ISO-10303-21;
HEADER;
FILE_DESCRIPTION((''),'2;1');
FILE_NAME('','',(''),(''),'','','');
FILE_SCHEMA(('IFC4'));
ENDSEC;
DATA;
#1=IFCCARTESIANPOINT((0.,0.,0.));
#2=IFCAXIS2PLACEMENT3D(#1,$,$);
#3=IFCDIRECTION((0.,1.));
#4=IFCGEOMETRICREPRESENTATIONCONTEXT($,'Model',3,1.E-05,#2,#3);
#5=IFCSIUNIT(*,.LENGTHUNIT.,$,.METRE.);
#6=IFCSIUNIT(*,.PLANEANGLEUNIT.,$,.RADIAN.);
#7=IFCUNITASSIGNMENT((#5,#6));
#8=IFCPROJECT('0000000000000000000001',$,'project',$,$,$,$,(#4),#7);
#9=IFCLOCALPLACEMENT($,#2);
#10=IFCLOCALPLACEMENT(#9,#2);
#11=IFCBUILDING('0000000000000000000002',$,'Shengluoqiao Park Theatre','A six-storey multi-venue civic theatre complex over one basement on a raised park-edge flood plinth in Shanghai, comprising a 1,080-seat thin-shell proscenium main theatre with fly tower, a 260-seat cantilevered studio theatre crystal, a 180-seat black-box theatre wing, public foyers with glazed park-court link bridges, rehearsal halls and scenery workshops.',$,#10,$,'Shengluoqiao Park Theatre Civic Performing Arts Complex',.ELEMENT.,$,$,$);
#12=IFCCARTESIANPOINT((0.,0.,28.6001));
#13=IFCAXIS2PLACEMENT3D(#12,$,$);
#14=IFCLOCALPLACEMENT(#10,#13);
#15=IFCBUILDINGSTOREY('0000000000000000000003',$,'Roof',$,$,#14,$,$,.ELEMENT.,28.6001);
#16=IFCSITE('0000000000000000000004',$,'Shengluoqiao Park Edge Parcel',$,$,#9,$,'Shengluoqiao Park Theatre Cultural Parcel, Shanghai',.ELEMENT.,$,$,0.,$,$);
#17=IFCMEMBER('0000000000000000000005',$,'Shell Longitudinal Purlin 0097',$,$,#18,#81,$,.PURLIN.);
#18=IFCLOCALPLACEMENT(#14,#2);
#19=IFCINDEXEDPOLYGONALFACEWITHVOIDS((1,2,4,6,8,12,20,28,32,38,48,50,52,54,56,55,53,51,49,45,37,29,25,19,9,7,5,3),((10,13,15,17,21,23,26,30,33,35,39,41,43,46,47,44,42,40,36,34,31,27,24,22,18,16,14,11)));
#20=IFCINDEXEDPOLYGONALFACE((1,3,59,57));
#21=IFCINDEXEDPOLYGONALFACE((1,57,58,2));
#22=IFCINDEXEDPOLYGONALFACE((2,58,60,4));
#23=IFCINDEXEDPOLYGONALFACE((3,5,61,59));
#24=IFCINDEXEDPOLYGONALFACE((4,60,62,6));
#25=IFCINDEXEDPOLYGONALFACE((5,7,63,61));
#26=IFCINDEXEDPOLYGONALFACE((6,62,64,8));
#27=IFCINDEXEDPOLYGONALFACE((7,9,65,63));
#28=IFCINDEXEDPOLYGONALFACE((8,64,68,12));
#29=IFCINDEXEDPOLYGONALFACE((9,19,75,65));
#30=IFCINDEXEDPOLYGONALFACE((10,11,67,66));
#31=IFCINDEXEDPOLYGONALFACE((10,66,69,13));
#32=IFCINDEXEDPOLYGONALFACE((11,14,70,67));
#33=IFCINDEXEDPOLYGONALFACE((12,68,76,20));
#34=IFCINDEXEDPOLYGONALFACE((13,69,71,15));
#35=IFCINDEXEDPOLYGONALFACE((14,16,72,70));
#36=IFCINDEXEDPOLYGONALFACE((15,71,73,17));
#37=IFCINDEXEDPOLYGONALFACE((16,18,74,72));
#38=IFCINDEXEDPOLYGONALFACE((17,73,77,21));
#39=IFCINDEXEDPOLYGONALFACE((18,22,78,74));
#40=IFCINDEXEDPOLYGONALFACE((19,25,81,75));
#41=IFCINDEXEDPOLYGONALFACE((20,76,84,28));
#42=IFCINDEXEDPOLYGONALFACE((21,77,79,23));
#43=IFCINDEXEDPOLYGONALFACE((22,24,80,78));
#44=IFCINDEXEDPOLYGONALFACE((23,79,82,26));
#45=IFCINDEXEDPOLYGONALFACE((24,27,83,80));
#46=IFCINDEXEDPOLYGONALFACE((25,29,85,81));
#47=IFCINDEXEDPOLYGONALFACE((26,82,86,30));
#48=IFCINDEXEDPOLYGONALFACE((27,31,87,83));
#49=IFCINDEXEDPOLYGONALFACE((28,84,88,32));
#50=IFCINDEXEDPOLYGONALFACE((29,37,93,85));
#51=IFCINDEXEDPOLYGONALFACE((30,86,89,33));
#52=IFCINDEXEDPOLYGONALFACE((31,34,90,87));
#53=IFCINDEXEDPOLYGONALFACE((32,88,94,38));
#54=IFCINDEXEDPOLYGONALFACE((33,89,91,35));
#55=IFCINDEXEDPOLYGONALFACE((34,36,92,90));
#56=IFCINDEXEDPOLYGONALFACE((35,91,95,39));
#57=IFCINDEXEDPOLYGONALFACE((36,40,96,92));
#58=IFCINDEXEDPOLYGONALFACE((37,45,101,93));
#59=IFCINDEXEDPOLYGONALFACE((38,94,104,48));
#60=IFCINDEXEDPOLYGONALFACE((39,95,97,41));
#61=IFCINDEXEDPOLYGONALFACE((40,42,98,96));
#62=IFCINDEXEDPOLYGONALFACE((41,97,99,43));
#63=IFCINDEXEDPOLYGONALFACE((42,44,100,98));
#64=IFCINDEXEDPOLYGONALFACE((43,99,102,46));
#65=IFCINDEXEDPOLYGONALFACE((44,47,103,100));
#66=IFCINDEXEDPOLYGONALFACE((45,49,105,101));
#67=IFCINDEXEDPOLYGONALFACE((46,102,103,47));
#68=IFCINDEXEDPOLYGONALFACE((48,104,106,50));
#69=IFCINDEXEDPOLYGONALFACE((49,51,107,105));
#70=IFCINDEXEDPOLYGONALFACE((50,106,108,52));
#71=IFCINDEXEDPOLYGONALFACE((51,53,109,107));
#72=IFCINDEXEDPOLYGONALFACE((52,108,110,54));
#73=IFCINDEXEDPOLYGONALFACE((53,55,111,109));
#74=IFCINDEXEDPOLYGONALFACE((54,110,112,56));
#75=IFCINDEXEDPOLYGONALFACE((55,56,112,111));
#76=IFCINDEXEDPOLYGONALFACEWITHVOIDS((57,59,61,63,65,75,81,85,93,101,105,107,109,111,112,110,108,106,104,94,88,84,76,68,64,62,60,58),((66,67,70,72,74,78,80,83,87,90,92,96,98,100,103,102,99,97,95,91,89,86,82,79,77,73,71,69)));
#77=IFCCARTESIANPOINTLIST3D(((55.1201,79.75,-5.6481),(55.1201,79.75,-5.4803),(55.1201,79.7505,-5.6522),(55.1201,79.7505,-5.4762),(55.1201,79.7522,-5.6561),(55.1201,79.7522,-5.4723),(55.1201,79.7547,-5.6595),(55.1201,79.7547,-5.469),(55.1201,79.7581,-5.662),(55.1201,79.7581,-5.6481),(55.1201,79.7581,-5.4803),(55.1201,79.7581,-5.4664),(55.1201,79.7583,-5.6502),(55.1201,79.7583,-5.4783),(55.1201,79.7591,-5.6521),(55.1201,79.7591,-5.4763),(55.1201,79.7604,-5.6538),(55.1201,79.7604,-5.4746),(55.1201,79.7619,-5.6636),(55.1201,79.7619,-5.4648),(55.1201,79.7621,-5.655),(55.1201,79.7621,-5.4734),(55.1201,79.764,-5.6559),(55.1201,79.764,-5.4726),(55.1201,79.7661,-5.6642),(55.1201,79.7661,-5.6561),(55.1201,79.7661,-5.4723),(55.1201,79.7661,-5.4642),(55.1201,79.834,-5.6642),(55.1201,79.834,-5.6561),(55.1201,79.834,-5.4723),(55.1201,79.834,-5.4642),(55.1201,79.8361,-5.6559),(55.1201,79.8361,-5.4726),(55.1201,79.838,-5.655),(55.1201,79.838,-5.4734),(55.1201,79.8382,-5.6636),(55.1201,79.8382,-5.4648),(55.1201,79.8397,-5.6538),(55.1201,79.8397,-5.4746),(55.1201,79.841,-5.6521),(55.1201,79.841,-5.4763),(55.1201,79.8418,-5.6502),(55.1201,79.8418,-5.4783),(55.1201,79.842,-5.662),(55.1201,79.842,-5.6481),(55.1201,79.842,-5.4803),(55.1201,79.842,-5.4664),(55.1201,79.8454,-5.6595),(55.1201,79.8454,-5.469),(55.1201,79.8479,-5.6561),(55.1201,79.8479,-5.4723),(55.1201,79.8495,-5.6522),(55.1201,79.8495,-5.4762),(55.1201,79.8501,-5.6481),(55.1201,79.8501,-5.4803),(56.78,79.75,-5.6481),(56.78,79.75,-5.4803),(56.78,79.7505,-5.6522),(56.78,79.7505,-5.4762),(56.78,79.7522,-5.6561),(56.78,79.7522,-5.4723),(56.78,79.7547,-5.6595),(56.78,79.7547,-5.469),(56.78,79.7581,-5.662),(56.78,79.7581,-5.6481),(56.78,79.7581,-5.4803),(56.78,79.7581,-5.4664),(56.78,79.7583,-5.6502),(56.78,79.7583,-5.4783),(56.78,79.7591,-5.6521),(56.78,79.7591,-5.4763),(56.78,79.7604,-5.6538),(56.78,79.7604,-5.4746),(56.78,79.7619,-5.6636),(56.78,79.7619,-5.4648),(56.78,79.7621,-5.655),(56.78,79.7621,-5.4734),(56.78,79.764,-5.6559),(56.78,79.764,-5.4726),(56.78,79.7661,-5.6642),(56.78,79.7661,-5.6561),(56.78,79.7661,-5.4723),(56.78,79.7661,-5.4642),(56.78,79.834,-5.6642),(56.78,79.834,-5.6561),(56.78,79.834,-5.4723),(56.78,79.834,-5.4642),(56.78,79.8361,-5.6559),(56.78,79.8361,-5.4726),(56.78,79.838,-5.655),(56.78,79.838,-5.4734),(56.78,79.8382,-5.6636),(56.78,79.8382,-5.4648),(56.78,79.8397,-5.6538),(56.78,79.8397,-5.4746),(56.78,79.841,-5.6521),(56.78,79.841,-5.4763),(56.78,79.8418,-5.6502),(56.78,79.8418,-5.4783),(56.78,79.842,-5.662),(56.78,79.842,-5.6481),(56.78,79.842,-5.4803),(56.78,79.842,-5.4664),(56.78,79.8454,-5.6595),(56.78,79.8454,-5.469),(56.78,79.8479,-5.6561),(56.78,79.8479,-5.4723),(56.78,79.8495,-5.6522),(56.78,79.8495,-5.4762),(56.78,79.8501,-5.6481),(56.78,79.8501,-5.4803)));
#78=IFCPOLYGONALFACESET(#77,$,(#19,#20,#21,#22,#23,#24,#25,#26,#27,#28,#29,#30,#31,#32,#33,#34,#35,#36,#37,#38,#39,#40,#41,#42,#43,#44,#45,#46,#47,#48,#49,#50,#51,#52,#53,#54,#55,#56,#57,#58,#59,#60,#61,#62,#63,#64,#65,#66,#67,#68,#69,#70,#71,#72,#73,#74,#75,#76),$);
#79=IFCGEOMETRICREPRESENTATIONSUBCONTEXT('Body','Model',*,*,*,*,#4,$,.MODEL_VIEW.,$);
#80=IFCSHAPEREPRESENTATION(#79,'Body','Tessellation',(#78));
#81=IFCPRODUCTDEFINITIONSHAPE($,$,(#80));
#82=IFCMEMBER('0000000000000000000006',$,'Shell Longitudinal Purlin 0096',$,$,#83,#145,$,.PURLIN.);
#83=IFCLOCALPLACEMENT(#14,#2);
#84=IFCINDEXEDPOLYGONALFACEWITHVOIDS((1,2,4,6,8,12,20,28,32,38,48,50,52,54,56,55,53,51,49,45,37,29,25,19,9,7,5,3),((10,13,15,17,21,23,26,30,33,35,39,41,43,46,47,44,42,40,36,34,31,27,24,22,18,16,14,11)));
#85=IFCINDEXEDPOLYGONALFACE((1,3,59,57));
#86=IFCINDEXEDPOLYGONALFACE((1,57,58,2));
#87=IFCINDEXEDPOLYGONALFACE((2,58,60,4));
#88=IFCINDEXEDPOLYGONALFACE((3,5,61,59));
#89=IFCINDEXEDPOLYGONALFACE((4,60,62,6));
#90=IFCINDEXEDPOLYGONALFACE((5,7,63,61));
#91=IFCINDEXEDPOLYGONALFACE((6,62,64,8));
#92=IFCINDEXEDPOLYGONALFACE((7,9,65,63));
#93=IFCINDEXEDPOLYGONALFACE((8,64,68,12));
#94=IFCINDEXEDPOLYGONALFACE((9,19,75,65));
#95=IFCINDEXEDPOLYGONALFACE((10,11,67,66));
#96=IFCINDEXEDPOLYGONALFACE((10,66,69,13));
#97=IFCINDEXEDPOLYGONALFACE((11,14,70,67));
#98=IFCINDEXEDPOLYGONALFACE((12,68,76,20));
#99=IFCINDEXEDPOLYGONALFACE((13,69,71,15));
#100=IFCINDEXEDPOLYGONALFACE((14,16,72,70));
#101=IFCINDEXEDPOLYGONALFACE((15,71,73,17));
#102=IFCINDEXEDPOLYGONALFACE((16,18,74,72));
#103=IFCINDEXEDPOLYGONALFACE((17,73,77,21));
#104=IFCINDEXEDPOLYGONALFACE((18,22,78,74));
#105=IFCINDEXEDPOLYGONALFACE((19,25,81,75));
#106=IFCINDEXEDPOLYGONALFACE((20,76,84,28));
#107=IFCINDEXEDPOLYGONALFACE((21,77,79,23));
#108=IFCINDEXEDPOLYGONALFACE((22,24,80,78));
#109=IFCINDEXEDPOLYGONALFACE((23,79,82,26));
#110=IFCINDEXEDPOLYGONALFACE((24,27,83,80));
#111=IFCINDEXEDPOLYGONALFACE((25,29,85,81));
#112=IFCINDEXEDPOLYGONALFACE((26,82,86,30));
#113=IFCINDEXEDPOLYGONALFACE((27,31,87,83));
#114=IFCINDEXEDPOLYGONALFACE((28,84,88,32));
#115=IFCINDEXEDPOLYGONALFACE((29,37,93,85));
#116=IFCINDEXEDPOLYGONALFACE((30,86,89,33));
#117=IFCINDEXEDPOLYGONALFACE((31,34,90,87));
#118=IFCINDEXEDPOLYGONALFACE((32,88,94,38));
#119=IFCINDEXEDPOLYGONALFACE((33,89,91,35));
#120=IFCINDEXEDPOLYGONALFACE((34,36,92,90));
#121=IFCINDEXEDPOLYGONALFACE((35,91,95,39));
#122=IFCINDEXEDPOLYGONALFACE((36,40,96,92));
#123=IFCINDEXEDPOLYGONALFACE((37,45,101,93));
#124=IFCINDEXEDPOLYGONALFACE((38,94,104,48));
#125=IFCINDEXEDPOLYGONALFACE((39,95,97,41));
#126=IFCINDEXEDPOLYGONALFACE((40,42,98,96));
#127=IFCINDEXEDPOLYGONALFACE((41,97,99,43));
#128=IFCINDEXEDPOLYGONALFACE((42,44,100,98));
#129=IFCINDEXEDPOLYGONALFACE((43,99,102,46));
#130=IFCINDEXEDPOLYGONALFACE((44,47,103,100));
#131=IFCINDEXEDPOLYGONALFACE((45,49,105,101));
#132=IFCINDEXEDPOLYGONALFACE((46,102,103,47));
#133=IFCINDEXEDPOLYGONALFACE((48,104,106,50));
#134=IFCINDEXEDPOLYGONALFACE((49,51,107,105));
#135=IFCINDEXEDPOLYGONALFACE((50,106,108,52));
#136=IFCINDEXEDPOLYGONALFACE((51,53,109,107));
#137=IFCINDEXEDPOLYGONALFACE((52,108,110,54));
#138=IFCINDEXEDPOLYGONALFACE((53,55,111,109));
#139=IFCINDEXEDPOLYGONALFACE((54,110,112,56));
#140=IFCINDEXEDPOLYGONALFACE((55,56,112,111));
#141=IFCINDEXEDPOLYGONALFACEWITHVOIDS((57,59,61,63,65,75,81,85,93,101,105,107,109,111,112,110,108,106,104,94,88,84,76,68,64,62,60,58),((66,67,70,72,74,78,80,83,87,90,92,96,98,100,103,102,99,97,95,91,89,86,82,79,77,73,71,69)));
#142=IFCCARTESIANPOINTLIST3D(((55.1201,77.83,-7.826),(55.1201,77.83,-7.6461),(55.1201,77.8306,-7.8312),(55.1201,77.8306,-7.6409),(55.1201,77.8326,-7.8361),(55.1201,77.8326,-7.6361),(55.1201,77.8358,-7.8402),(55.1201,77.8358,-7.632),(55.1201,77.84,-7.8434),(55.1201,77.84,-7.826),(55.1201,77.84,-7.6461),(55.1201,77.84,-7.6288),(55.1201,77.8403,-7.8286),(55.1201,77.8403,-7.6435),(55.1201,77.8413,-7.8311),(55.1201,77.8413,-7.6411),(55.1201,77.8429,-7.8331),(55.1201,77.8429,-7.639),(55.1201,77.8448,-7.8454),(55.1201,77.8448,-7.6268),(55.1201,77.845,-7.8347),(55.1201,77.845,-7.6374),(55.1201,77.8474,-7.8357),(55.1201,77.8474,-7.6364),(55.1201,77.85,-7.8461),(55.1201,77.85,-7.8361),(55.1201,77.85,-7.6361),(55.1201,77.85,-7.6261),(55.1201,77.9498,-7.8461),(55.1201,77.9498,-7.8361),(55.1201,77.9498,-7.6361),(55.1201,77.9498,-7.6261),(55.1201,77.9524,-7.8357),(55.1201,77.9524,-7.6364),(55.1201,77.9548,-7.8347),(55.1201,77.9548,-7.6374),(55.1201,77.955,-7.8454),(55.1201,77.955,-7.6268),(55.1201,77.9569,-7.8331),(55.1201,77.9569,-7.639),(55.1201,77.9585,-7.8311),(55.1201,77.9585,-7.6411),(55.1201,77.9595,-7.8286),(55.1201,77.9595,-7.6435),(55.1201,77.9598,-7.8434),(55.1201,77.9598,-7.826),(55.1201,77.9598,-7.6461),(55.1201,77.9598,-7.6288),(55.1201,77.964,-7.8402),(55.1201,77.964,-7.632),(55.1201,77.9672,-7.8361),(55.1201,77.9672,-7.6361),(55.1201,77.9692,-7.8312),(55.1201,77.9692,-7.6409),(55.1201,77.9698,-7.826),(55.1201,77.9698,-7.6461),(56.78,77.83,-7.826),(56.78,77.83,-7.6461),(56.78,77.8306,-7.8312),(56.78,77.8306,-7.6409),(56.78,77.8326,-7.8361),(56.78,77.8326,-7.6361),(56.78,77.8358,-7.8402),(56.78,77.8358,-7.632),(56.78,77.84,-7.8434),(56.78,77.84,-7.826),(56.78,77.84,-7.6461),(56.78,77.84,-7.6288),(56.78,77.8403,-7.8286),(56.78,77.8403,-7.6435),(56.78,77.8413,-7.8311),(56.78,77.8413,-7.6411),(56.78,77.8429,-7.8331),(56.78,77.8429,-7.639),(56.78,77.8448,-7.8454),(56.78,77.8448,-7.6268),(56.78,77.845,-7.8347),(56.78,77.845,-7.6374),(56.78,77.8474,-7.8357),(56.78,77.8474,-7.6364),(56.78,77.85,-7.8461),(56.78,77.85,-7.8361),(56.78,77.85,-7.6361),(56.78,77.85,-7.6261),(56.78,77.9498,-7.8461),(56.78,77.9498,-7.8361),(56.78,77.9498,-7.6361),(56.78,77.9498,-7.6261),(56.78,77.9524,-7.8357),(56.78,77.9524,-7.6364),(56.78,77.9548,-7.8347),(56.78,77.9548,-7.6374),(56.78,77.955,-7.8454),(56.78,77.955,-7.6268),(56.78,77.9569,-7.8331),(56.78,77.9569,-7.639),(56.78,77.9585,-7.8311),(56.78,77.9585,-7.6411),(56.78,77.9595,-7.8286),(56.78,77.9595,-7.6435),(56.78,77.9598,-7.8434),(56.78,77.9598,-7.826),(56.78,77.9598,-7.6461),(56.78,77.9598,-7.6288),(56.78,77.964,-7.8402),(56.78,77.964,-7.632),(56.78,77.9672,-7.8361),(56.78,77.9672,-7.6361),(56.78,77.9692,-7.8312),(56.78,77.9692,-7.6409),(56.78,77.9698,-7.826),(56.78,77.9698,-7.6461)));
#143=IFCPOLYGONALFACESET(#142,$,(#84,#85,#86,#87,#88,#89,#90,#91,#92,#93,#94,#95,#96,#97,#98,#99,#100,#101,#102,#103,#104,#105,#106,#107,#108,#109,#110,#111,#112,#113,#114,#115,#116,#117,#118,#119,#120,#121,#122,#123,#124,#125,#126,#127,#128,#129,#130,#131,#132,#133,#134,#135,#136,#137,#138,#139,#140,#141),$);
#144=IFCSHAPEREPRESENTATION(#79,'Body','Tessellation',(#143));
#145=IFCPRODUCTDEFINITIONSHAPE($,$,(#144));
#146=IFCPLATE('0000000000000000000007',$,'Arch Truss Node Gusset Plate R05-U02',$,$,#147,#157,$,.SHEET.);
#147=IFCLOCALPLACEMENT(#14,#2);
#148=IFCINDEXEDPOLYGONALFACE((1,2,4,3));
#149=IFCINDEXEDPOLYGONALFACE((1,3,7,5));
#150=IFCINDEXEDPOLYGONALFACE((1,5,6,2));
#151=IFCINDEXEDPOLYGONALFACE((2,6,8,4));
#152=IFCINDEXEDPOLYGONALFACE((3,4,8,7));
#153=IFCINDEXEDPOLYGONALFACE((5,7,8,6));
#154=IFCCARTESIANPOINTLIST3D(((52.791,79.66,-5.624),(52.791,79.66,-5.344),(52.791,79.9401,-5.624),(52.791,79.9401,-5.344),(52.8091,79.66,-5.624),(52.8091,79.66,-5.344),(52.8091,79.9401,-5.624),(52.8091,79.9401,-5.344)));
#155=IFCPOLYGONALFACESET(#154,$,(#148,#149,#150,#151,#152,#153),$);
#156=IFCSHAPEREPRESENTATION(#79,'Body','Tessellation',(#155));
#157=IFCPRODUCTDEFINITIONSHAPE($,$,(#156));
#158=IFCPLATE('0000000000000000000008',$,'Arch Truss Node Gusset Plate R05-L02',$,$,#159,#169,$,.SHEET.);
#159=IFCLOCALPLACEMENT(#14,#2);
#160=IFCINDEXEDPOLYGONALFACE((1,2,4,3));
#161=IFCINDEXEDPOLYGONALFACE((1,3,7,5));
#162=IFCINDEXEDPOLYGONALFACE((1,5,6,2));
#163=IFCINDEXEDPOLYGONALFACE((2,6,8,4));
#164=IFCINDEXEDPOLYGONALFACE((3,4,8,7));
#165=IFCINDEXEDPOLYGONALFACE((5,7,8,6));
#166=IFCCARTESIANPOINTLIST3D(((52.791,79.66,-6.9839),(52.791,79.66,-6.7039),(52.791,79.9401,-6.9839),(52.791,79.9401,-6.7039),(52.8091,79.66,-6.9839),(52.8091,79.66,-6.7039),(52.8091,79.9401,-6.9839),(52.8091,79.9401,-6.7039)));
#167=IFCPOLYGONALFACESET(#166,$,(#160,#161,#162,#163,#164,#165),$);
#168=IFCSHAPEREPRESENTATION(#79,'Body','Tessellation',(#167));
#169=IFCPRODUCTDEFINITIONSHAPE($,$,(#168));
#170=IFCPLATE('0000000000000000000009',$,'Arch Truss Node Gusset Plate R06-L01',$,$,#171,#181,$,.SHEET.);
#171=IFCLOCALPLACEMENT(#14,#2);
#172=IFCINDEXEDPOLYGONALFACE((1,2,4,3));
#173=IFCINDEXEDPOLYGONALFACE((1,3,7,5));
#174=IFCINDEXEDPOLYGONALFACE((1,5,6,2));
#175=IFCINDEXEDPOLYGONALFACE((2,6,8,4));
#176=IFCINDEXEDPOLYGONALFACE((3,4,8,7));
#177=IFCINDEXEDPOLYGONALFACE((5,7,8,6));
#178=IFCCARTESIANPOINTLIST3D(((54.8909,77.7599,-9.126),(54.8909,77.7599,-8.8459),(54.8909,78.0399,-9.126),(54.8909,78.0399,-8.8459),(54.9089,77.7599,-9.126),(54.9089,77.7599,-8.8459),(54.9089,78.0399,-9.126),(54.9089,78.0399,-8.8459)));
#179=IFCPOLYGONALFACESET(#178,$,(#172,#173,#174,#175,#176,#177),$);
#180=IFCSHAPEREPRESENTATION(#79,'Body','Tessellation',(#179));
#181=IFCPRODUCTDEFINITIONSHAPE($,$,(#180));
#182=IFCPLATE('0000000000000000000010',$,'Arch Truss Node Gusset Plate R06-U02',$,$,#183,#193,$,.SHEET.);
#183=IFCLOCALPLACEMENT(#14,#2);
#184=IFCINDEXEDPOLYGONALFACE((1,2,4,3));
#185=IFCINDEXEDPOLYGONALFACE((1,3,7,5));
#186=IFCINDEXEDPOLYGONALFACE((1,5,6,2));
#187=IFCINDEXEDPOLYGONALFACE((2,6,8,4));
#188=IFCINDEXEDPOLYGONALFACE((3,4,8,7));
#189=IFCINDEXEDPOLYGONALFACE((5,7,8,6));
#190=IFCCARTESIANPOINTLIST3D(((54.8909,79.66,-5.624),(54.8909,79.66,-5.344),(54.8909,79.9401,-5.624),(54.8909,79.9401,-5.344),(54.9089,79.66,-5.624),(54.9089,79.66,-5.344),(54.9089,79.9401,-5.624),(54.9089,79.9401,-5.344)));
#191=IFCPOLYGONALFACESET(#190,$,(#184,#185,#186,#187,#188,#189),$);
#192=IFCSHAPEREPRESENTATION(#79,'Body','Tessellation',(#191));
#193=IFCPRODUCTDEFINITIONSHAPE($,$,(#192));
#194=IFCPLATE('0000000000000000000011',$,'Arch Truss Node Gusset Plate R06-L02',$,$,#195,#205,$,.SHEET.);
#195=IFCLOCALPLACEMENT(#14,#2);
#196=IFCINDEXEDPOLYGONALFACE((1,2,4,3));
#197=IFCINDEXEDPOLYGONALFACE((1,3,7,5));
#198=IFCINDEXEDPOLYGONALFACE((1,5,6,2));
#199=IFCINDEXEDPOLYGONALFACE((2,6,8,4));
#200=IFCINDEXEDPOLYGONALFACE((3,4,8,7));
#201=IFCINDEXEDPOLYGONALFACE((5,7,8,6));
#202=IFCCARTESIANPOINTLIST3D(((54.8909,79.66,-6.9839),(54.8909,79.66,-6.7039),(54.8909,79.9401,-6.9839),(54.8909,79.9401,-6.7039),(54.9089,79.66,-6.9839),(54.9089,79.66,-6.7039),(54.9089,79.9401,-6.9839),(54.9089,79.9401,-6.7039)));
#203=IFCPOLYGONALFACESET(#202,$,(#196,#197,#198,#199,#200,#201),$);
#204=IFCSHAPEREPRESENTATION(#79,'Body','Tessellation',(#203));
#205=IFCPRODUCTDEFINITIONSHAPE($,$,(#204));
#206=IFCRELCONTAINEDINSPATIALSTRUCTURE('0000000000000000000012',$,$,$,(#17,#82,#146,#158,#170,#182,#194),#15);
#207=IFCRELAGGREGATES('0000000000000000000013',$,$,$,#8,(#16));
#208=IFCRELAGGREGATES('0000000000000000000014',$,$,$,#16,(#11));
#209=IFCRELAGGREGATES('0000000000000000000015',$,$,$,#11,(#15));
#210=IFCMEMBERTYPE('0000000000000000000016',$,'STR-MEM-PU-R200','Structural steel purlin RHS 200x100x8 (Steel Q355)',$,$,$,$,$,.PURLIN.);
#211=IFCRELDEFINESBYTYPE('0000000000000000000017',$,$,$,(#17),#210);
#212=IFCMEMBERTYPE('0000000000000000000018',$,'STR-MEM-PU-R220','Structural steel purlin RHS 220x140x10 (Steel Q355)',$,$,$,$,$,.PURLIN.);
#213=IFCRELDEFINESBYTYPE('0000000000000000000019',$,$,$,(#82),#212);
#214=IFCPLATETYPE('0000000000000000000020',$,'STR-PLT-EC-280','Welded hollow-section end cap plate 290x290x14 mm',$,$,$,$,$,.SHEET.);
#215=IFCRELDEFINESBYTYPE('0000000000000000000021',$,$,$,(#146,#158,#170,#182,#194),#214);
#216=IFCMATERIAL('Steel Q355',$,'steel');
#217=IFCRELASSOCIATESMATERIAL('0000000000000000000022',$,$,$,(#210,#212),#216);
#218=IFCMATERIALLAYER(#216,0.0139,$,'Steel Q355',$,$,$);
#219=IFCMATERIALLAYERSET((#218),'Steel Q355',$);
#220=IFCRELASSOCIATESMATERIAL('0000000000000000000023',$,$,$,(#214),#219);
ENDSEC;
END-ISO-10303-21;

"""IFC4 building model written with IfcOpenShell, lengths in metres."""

from ifc_helpers import new_model, si_unit, direction, frame, origin, origin_2d, place, context, subcontext, project, spatial, rectangle, hollow_rectangle, extrude, material, layer, layer_set, material_profile, profile_set, type_object, element, save


model = new_model("IFC4")

# Units and contexts
model_context = context("Model", 3, precision=1e-05, world=origin(), true_north=direction((0.0, 1.0)))
body_context = subcontext(model_context, "Body", "Model", "MODEL_VIEW")
ifc_project = project(units=[si_unit("LENGTHUNIT", "METRE"), si_unit("PLANEANGLEUNIT", "RADIAN")], contexts=[model_context])

# Site, building, storey
site_placement = place(None, origin())
site = spatial("IfcSite", under=ifc_project, at=site_placement, Name="Shengluoqiao Park Edge Parcel", LongName="Shengluoqiao Park Theatre Cultural Parcel, Shanghai", CompositionType="ELEMENT", RefElevation=0.0)
building_placement = place(site_placement, origin())
building = spatial("IfcBuilding", under=site, at=building_placement, Name="Shengluoqiao Park Theatre", Description="A six-storey multi-venue civic theatre complex over one basement on a raised park-edge flood plinth in Shanghai, comprising a 1,080-seat thin-shell proscenium main theatre with fly tower, a 260-seat cantilevered studio theatre crystal, a 180-seat black-box theatre wing, public foyers with glazed park-court link bridges, rehearsal halls and scenery workshops.", LongName="Shengluoqiao Park Theatre Civic Performing Arts Complex", CompositionType="ELEMENT")
storey_placement = place(building_placement, frame((0.0, 0.0, 28.6001)))
storey = spatial("IfcBuildingStorey", under=building, at=storey_placement, Name="Roof", CompositionType="ELEMENT", Elevation=28.6001)

# Shared definitions
ifc_material_1 = material(Name="Steel Q355", Category="steel")

# Members
ifc_material_profile_1 = material_profile(ifc_material_1, hollow_rectangle(XDim=0.1001, YDim=0.2, WallThickness=0.0081, InnerFilletRadius=0.0081, OuterFilletRadius=0.0161, at=origin_2d()), Name="RHS 200x100x8")
ifc_profile_set_1 = profile_set([ifc_material_profile_1], Name="Steel Q355")
member_type_1 = type_object("IfcMemberType", Name="STR-MEM-PU-R200", Description="Structural steel purlin RHS 200x100x8 (Steel Q355)", PredefinedType="PURLIN", material=ifc_profile_set_1)
for number, where, z_axis, x_axis, name in (
    (1, (55.1201, 79.8, -5.5642), (1.0, 0.0, 0.0), (0.0, 1.0, 0.0), "Shell Longitudinal Purlin 0097"),
):
    element("IfcMember", number, at=place(storey_placement, frame(where, z_axis=z_axis, x_axis=x_axis)), inside=storey, type_object=member_type_1, Name=name, PredefinedType="PURLIN", context=body_context, shape_type="SweptSolid", body=[
        extrude(hollow_rectangle(XDim=0.1001, YDim=0.2, WallThickness=0.0081, InnerFilletRadius=0.0081, OuterFilletRadius=0.0161, at=origin_2d()), origin(), (0.0, 0.0, 1.0), 1.6599),
    ])
ifc_material_profile_2 = material_profile(ifc_material_1, hollow_rectangle(XDim=0.1399, YDim=0.22, WallThickness=0.01, InnerFilletRadius=0.01, OuterFilletRadius=0.02, at=origin_2d()), Name="RHS 220x140x10")
ifc_profile_set_2 = profile_set([ifc_material_profile_2], Name="Steel Q355")
member_type_2 = type_object("IfcMemberType", Name="STR-MEM-PU-R220", Description="Structural steel purlin RHS 220x140x10 (Steel Q355)", PredefinedType="PURLIN", material=ifc_profile_set_2)
member_1_placement = place(storey_placement, frame((55.1201, 77.8999, -7.7361), z_axis=(1.0, 0.0, 0.0), x_axis=(0.0, 1.0, 0.0)))
element("IfcMember", 2, at=member_1_placement, inside=storey, type_object=member_type_2, Name="Shell Longitudinal Purlin 0096", PredefinedType="PURLIN", context=body_context, shape_type="SweptSolid", body=[
    extrude(hollow_rectangle(XDim=0.1399, YDim=0.22, WallThickness=0.01, InnerFilletRadius=0.01, OuterFilletRadius=0.02, at=origin_2d()), origin(), (0.0, 0.0, 1.0), 1.6599),
])

# Plates
ifc_layer_1 = layer(ifc_material_1, 0.0139, Name="Steel Q355")
ifc_layer_set_1 = layer_set([ifc_layer_1], Name="Steel Q355")
plate_type_1 = type_object("IfcPlateType", Name="STR-PLT-EC-280", Description="Welded hollow-section end cap plate 290x290x14 mm", PredefinedType="SHEET", material=ifc_layer_set_1)
for number, where, z_axis, x_axis, name in (
    (3, (52.8, 79.8, -5.624), (0.0, 0.0, 1.0), (1.0, 0.0, 0.0), "Arch Truss Node Gusset Plate R05-U02"),
    (4, (52.8, 79.8, -6.9839), (0.0, 0.0, 1.0), (1.0, 0.0, 0.0), "Arch Truss Node Gusset Plate R05-L02"),
    (5, (54.8999, 77.8999, -9.126), (0.0, 0.0, 1.0), (1.0, 0.0, 0.0), "Arch Truss Node Gusset Plate R06-L01"),
    (6, (54.8999, 79.8, -5.624), (0.0, 0.0, 1.0), (1.0, 0.0, 0.0), "Arch Truss Node Gusset Plate R06-U02"),
    (7, (54.8999, 79.8, -6.9839), (0.0, 0.0, 1.0), (1.0, 0.0, 0.0), "Arch Truss Node Gusset Plate R06-L02"),
):
    element("IfcPlate", number, at=place(storey_placement, frame(where, z_axis=z_axis, x_axis=x_axis)), inside=storey, type_object=plate_type_1, Name=name, PredefinedType="SHEET", context=body_context, shape_type="SweptSolid", body=[
        extrude(rectangle(XDim=0.0181, YDim=0.28, at=origin_2d()), origin(), (0.0, 0.0, 1.0), 0.28),
    ])

save(model, "model.ifc")
